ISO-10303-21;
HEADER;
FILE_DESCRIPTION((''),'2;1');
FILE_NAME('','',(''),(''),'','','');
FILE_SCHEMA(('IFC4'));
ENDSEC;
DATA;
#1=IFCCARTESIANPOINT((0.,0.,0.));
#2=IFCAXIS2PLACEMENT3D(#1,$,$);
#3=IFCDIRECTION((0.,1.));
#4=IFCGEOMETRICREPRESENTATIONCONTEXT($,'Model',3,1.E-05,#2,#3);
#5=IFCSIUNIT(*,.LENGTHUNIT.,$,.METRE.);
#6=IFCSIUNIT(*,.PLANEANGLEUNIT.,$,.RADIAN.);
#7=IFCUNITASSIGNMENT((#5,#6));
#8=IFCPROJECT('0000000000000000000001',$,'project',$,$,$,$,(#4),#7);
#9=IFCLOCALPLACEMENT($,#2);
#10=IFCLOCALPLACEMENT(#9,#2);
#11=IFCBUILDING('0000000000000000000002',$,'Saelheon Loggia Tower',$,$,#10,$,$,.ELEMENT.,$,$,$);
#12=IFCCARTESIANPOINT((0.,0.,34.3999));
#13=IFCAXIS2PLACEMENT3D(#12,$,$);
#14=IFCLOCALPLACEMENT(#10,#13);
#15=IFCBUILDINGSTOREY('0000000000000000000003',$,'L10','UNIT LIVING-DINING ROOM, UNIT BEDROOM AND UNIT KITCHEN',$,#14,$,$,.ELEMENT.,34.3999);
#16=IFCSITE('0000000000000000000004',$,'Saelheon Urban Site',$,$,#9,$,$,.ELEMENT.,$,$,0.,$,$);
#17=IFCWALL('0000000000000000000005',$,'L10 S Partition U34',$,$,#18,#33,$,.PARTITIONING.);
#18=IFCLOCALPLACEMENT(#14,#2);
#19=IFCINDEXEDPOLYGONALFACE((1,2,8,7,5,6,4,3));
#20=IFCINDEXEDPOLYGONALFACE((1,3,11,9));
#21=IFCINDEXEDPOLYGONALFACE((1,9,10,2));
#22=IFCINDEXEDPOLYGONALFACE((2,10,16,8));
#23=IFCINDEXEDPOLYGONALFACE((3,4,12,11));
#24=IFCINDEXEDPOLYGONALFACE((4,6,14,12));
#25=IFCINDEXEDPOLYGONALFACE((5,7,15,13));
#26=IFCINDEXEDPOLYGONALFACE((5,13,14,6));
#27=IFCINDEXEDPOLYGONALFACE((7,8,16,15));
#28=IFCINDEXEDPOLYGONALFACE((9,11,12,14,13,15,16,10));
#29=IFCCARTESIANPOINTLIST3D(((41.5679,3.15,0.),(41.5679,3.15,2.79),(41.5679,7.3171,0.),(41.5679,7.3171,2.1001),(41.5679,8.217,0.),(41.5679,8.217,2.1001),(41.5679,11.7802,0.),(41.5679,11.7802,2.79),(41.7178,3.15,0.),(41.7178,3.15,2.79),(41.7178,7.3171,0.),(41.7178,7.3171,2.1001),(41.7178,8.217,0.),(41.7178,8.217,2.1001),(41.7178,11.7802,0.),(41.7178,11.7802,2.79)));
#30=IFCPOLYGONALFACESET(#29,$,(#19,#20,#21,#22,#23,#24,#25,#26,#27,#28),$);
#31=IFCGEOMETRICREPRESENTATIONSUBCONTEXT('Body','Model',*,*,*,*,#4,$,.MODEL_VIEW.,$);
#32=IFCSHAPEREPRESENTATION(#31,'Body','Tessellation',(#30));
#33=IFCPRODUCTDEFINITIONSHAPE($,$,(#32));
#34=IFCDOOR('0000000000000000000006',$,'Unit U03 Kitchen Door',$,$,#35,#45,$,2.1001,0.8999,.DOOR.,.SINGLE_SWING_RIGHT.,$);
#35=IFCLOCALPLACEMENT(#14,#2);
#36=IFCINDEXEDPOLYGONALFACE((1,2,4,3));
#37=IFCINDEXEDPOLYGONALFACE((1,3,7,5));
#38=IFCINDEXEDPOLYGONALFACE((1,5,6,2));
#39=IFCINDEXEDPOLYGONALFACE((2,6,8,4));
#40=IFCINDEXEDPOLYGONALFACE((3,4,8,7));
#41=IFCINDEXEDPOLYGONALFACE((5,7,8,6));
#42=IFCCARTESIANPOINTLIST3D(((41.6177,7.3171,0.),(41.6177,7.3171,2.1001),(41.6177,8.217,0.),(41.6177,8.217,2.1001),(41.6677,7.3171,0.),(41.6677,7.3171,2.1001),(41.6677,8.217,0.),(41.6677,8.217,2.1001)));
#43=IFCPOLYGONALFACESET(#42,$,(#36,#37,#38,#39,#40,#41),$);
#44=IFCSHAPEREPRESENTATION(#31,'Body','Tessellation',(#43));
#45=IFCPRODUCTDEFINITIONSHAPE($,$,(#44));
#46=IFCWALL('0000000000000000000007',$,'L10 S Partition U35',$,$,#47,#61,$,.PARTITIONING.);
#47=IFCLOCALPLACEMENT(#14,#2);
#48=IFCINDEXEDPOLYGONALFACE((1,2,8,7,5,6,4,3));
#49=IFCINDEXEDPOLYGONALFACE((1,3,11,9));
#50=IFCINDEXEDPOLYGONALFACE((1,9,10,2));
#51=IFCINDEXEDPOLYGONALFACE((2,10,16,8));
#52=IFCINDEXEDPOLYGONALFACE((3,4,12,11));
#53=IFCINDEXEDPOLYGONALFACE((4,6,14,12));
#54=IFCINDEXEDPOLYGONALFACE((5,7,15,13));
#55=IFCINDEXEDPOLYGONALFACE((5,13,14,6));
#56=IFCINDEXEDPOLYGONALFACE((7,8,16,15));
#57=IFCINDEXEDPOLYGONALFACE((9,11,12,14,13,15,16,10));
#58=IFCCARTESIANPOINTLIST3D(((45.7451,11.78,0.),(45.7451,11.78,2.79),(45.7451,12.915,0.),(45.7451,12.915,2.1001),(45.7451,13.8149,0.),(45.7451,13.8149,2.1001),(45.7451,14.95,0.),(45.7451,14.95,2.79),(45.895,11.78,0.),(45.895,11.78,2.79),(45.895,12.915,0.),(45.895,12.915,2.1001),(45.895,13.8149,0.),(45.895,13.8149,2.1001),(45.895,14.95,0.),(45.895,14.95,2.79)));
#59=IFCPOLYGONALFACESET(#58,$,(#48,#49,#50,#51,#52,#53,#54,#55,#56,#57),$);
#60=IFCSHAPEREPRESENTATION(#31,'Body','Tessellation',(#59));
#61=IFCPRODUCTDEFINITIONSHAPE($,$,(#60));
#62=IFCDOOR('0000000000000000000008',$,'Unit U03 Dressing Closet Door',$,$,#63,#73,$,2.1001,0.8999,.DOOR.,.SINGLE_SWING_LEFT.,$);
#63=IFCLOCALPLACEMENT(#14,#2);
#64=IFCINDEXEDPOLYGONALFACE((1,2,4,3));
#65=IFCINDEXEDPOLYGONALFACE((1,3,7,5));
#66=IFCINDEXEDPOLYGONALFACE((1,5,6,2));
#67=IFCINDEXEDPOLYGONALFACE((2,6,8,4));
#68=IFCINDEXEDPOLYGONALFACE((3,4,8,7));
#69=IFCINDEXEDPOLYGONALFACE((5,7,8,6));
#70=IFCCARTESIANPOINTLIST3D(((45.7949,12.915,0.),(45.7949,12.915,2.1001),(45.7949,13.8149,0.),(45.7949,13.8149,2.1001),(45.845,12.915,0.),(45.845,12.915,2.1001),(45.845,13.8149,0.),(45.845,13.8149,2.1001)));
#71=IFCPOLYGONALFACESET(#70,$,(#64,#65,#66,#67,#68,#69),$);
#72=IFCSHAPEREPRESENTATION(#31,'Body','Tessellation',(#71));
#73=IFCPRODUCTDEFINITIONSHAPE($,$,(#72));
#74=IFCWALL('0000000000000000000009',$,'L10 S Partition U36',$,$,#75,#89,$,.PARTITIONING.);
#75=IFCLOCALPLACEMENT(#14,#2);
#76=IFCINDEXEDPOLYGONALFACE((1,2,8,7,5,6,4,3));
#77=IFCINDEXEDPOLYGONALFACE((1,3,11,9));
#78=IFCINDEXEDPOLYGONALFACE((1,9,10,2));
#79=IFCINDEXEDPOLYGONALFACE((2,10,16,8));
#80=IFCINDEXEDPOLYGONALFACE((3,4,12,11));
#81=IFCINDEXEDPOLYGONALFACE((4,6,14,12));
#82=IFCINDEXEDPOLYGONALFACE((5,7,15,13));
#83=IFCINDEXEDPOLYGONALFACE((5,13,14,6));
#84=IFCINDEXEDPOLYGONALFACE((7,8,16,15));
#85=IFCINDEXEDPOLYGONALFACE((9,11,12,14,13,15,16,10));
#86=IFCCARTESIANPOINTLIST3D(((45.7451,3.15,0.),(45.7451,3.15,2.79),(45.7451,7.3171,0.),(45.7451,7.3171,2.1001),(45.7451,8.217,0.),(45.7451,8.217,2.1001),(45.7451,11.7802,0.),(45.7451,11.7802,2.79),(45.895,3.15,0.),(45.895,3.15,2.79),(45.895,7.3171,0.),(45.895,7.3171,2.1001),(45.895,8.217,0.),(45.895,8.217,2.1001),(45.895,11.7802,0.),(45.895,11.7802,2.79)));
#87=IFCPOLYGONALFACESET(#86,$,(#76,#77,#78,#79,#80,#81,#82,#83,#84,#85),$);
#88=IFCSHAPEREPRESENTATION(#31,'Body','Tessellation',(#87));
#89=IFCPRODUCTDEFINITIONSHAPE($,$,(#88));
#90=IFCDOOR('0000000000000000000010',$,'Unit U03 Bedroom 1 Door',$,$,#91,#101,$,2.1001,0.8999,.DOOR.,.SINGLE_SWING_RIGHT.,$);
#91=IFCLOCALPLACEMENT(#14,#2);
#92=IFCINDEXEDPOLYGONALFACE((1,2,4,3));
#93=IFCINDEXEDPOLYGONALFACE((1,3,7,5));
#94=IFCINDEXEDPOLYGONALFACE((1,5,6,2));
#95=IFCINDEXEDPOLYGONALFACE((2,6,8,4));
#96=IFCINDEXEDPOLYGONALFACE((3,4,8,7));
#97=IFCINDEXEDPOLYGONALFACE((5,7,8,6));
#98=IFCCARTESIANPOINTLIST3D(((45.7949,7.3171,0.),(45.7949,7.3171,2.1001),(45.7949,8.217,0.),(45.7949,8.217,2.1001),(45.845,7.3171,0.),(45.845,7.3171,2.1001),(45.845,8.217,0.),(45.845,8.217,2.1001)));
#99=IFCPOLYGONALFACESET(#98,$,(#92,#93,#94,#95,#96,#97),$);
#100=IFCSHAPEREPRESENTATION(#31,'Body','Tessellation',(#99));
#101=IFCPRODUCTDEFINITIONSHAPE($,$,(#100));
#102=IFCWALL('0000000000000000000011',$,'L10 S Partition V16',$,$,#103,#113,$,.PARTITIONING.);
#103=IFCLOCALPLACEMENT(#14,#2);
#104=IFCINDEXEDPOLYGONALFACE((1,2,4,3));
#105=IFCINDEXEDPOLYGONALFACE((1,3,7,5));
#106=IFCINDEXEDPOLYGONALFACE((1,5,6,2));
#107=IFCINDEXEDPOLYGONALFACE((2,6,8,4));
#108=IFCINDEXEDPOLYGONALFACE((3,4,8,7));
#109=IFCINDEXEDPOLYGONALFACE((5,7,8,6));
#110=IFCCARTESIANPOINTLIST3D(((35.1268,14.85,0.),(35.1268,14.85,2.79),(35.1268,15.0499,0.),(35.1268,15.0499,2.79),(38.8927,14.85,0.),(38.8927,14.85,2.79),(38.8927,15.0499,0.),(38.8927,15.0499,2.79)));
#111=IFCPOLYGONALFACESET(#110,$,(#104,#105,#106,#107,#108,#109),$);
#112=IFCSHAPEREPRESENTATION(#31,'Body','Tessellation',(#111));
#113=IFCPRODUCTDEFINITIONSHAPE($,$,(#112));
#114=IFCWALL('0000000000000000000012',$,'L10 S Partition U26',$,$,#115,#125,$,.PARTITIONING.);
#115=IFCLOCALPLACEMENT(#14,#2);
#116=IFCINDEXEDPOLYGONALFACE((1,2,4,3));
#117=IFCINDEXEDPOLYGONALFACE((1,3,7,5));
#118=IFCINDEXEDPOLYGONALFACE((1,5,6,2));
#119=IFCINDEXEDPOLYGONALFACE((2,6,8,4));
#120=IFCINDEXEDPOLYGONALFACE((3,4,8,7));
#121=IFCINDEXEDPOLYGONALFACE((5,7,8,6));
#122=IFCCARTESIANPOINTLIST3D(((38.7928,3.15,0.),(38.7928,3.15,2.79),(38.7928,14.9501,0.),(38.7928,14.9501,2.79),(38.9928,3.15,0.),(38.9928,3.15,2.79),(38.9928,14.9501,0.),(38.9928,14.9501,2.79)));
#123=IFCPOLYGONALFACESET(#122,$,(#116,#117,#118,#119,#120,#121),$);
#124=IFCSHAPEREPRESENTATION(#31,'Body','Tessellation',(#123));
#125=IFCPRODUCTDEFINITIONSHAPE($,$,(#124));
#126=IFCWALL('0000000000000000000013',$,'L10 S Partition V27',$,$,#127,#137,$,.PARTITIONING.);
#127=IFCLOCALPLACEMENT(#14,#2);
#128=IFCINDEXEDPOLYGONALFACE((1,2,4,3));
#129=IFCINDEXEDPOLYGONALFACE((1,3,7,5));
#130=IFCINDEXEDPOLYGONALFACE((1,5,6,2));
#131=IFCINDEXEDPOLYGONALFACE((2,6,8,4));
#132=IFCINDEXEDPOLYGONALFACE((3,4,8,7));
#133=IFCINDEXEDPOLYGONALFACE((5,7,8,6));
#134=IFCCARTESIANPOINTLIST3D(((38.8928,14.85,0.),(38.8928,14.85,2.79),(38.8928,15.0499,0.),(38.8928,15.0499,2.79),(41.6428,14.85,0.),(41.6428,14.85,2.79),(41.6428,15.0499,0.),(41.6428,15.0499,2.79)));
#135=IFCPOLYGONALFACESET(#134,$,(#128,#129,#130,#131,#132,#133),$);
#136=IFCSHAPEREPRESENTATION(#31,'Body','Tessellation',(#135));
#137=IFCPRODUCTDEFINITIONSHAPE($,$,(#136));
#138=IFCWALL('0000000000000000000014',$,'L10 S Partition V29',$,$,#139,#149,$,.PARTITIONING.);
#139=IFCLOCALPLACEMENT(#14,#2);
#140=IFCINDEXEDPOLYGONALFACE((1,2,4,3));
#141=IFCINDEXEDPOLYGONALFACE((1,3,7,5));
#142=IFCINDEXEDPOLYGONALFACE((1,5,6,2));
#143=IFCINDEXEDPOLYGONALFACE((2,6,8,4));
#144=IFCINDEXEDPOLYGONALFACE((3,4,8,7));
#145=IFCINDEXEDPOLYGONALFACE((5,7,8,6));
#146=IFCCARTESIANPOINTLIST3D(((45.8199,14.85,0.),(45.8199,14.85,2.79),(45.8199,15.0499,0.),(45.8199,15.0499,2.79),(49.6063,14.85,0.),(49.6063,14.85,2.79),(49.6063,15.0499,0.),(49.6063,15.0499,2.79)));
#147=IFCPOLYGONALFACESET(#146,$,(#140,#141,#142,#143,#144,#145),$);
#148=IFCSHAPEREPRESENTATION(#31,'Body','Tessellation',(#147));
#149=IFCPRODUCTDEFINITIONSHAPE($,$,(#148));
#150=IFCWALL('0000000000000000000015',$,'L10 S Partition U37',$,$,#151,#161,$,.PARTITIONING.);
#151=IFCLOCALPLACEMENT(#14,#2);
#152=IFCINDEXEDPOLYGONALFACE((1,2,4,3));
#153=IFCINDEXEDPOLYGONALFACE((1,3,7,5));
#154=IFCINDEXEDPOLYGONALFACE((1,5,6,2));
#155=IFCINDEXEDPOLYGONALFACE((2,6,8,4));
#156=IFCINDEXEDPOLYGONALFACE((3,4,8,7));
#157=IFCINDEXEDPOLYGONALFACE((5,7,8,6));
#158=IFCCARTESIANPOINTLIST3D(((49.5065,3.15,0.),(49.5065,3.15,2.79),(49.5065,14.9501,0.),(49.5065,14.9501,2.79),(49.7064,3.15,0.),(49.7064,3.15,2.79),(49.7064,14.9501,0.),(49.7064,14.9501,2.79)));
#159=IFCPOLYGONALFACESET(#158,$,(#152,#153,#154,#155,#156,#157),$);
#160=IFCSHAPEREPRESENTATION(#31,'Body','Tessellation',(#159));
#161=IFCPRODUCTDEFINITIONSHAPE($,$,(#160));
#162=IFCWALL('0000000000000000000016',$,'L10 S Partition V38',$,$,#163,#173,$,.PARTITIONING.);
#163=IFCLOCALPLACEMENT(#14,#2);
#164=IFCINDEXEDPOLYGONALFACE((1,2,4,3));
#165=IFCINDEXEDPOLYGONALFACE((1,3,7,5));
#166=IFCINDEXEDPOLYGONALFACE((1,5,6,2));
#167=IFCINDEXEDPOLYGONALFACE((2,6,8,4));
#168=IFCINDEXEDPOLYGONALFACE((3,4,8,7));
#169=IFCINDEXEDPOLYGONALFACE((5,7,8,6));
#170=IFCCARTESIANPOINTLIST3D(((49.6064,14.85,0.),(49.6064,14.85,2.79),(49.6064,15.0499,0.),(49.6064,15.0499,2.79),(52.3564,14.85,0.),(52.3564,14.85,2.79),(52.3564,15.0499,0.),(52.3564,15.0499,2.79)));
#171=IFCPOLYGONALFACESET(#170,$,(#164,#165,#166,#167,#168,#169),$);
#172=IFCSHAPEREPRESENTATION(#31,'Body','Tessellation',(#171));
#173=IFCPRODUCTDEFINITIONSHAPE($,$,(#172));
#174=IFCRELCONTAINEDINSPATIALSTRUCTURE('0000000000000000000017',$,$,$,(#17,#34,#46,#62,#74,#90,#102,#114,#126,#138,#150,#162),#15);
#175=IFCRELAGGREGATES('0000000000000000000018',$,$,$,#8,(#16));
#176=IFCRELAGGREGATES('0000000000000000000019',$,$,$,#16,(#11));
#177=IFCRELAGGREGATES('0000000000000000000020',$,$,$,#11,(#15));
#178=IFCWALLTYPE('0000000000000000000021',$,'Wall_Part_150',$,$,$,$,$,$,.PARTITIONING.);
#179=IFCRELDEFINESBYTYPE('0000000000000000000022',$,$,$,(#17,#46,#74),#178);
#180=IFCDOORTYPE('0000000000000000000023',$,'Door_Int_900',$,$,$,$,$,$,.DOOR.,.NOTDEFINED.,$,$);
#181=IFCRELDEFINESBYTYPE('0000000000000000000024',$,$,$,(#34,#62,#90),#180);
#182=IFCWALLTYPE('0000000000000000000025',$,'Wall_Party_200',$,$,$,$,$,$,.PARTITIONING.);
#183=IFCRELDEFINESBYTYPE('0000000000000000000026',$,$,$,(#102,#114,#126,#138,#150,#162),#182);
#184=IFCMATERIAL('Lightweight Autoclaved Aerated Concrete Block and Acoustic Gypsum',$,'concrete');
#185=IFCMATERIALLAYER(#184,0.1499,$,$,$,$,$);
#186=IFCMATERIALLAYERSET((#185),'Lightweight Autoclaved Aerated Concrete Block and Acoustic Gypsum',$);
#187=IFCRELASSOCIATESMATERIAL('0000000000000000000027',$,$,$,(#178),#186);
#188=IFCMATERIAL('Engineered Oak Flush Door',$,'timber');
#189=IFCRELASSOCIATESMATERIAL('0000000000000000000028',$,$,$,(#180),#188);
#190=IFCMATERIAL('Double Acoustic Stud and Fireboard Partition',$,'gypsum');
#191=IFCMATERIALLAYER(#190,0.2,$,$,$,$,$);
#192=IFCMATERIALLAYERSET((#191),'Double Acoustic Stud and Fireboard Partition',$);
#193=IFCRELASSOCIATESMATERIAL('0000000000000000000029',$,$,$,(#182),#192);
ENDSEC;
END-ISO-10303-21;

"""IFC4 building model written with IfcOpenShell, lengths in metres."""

from ifc_helpers import new_model, si_unit, direction, frame, frame_2d, origin, place, context, subcontext, project, spatial, rectangle, extrude, source, transform, mapped, material, layer, layer_set, type_object, element, fill, save


model = new_model("IFC4")

# Units and contexts
model_context = context("Model", 3, precision=1e-05, world=origin(), true_north=direction((0.0, 1.0)))
body_context = subcontext(model_context, "Body", "Model", "MODEL_VIEW")
ifc_project = project(units=[si_unit("LENGTHUNIT", "METRE"), si_unit("PLANEANGLEUNIT", "RADIAN")], contexts=[model_context])

# Site, building, storey
site_placement = place(None, origin())
site = spatial("IfcSite", under=ifc_project, at=site_placement, Name="Saelheon Urban Site", CompositionType="ELEMENT", RefElevation=0.0)
building_placement = place(site_placement, origin())
building = spatial("IfcBuilding", under=site, at=building_placement, Name="Saelheon Loggia Tower", CompositionType="ELEMENT")
storey_placement = place(building_placement, frame((0.0, 0.0, 34.3999)))
storey = spatial("IfcBuildingStorey", under=building, at=storey_placement, Name="L10", Description="UNIT LIVING-DINING ROOM, UNIT BEDROOM AND UNIT KITCHEN", CompositionType="ELEMENT", Elevation=34.3999)

# Shared definitions
ifc_material_1 = material(Name="Lightweight Autoclaved Aerated Concrete Block and Acoustic Gypsum", Category="concrete")
ifc_layer_1 = layer(ifc_material_1, 0.1499)
ifc_layer_set_1 = layer_set([ifc_layer_1], Name="Lightweight Autoclaved Aerated Concrete Block and Acoustic Gypsum")
wall_type_1 = type_object("IfcWallType", Name="Wall_Part_150", PredefinedType="PARTITIONING", material=ifc_layer_set_1)

# Shared definitions
ifc_material_2 = material(Name="Engineered Oak Flush Door", Category="timber")
door_type_1 = type_object("IfcDoorType", Name="Door_Int_900", OperationType="NOTDEFINED", PredefinedType="DOOR", material=ifc_material_2)
shared_shape_1 = source(origin(), body_context, "Body", "SweptSolid", [
    extrude(rectangle(XDim=0.8999, YDim=2.1001, at=frame_2d((0.45, 1.05))), frame((0.0, 0.0249, 0.0), z_axis=(0.0, -1.0, 0.0), x_axis=(1.0, 0.0, 0.0)), (0.0, 0.0, 1.0), 0.05),
])

# Walls, openings, doors
wall_1_placement = place(storey_placement, frame((41.6428, 11.78, 0.0), z_axis=(0.0, 0.0, 1.0), x_axis=(0.0, -1.0, 0.0)))
wall_1 = element("IfcWall", 1, at=wall_1_placement, inside=storey, type_object=wall_type_1, Name="L10 S Partition U34", PredefinedType="PARTITIONING", context=body_context, shape_type="SweptSolid", body=[
    extrude(rectangle(XDim=8.6301, YDim=0.1499, at=frame_2d((4.3149, 0.0))), origin(), (0.0, 0.0, 1.0), 2.79),
])
opening_1_placement = place(wall_1_placement, frame((3.563, 0.0, 0.0)))
opening_1 = element("IfcOpeningElement", 2, at=opening_1_placement, cuts=wall_1, PredefinedType="OPENING", context=body_context, shape_type="SweptSolid", body=[
    extrude(rectangle(XDim=0.8999, YDim=2.1001, at=frame_2d((0.45, 1.05))), frame((0.0, 0.0869, 0.0), z_axis=(0.0, -1.0, 0.0), x_axis=(1.0, 0.0, 0.0)), (0.0, 0.0, 1.0), 0.1738),
])
door_1_placement = place(opening_1_placement, origin())
door_1 = element("IfcDoor", 3, at=door_1_placement, inside=storey, type_object=door_type_1, Name="Unit U03 Kitchen Door", OperationType="SINGLE_SWING_RIGHT", OverallHeight=2.1001, OverallWidth=0.8999, PredefinedType="DOOR", context=body_context, shape_type="MappedRepresentation", body=[
    mapped(shared_shape_1, transform((0.0, 0.0, 0.0), scale=1.0)),
])
fill(opening_1, door_1)
wall_2_placement = place(storey_placement, frame((45.8201, 14.95, 0.0), z_axis=(0.0, 0.0, 1.0), x_axis=(0.0, -1.0, 0.0)))
wall_2 = element("IfcWall", 4, at=wall_2_placement, inside=storey, type_object=wall_type_1, Name="L10 S Partition U35", PredefinedType="PARTITIONING", context=body_context, shape_type="SweptSolid", body=[
    extrude(rectangle(XDim=3.1699, YDim=0.1499, at=frame_2d((1.585, 0.0))), origin(), (0.0, 0.0, 1.0), 2.79),
])
opening_2_placement = place(wall_2_placement, frame((1.135, 0.0, 0.0)))
opening_2 = element("IfcOpeningElement", 5, at=opening_2_placement, cuts=wall_2, PredefinedType="OPENING", context=body_context, shape_type="SweptSolid", body=[
    extrude(rectangle(XDim=0.8999, YDim=2.1001, at=frame_2d((0.45, 1.05))), frame((0.0, 0.0869, 0.0), z_axis=(0.0, -1.0, 0.0), x_axis=(1.0, 0.0, 0.0)), (0.0, 0.0, 1.0), 0.1738),
])
door_2_placement = place(opening_2_placement, origin())
door_2 = element("IfcDoor", 6, at=door_2_placement, inside=storey, type_object=door_type_1, Name="Unit U03 Dressing Closet Door", OperationType="SINGLE_SWING_LEFT", OverallHeight=2.1001, OverallWidth=0.8999, PredefinedType="DOOR", context=body_context, shape_type="MappedRepresentation", body=[
    mapped(shared_shape_1, transform((0.0, 0.0, 0.0), scale=1.0)),
])
fill(opening_2, door_2)
wall_3_placement = place(storey_placement, frame((45.8201, 11.78, 0.0), z_axis=(0.0, 0.0, 1.0), x_axis=(0.0, -1.0, 0.0)))
wall_3 = element("IfcWall", 7, at=wall_3_placement, inside=storey, type_object=wall_type_1, Name="L10 S Partition U36", PredefinedType="PARTITIONING", context=body_context, shape_type="SweptSolid", body=[
    extrude(rectangle(XDim=8.6301, YDim=0.1499, at=frame_2d((4.3149, 0.0))), origin(), (0.0, 0.0, 1.0), 2.79),
])
opening_3_placement = place(wall_3_placement, frame((3.563, 0.0, 0.0)))
opening_3 = element("IfcOpeningElement", 8, at=opening_3_placement, cuts=wall_3, PredefinedType="OPENING", context=body_context, shape_type="SweptSolid", body=[
    extrude(rectangle(XDim=0.8999, YDim=2.1001, at=frame_2d((0.45, 1.05))), frame((0.0, 0.0869, 0.0), z_axis=(0.0, -1.0, 0.0), x_axis=(1.0, 0.0, 0.0)), (0.0, 0.0, 1.0), 0.1738),
])
door_3_placement = place(opening_3_placement, origin())
door_3 = element("IfcDoor", 9, at=door_3_placement, inside=storey, type_object=door_type_1, Name="Unit U03 Bedroom 1 Door", OperationType="SINGLE_SWING_RIGHT", OverallHeight=2.1001, OverallWidth=0.8999, PredefinedType="DOOR", context=body_context, shape_type="MappedRepresentation", body=[
    mapped(shared_shape_1, transform((0.0, 0.0, 0.0), scale=1.0)),
])
fill(opening_3, door_3)

# Walls
ifc_material_3 = material(Name="Double Acoustic Stud and Fireboard Partition", Category="gypsum")
ifc_layer_2 = layer(ifc_material_3, 0.2)
ifc_layer_set_2 = layer_set([ifc_layer_2], Name="Double Acoustic Stud and Fireboard Partition")
wall_type_2 = type_object("IfcWallType", Name="Wall_Party_200", PredefinedType="PARTITIONING", material=ifc_layer_set_2)
wall_4_placement = place(storey_placement, frame((35.127, 14.95, 0.0), z_axis=(0.0, 0.0, 1.0), x_axis=(1.0, 0.0, 0.0)))
element("IfcWall", 10, at=wall_4_placement, inside=storey, type_object=wall_type_2, Name="L10 S Partition V16", PredefinedType="PARTITIONING", context=body_context, shape_type="SweptSolid", body=[
    extrude(rectangle(XDim=3.7659, YDim=0.2, at=frame_2d((1.8828, 0.0))), origin(), (0.0, 0.0, 1.0), 2.79),
])
wall_5_placement = place(storey_placement, frame((38.8928, 14.95, 0.0), z_axis=(0.0, 0.0, 1.0), x_axis=(0.0, -1.0, 0.0)))
element("IfcWall", 11, at=wall_5_placement, inside=storey, type_object=wall_type_2, Name="L10 S Partition U26", PredefinedType="PARTITIONING", context=body_context, shape_type="SweptSolid", body=[
    extrude(rectangle(XDim=11.8, YDim=0.2, at=frame_2d((5.8999, 0.0))), origin(), (0.0, 0.0, 1.0), 2.79),
])
wall_6_placement = place(storey_placement, frame((38.8928, 14.95, 0.0), z_axis=(0.0, 0.0, 1.0), x_axis=(1.0, 0.0, 0.0)))
element("IfcWall", 12, at=wall_6_placement, inside=storey, type_object=wall_type_2, Name="L10 S Partition V27", PredefinedType="PARTITIONING", context=body_context, shape_type="SweptSolid", body=[
    extrude(rectangle(XDim=2.75, YDim=0.2, at=frame_2d((1.375, 0.0))), origin(), (0.0, 0.0, 1.0), 2.79),
])

# Walls
wall_7_placement = place(storey_placement, frame((45.8201, 14.95, 0.0), z_axis=(0.0, 0.0, 1.0), x_axis=(1.0, 0.0, 0.0)))
element("IfcWall", 13, at=wall_7_placement, inside=storey, type_object=wall_type_2, Name="L10 S Partition V29", PredefinedType="PARTITIONING", context=body_context, shape_type="SweptSolid", body=[
    extrude(rectangle(XDim=3.7864, YDim=0.2, at=frame_2d((1.8931, 0.0))), origin(), (0.0, 0.0, 1.0), 2.79),
])
wall_8_placement = place(storey_placement, frame((49.6064, 14.95, 0.0), z_axis=(0.0, 0.0, 1.0), x_axis=(0.0, -1.0, 0.0)))
element("IfcWall", 14, at=wall_8_placement, inside=storey, type_object=wall_type_2, Name="L10 S Partition U37", PredefinedType="PARTITIONING", context=body_context, shape_type="SweptSolid", body=[
    extrude(rectangle(XDim=11.8, YDim=0.2, at=frame_2d((5.8999, 0.0))), origin(), (0.0, 0.0, 1.0), 2.79),
])
wall_9_placement = place(storey_placement, frame((49.6064, 14.95, 0.0), z_axis=(0.0, 0.0, 1.0), x_axis=(1.0, 0.0, 0.0)))
element("IfcWall", 15, at=wall_9_placement, inside=storey, type_object=wall_type_2, Name="L10 S Partition V38", PredefinedType="PARTITIONING", context=body_context, shape_type="SweptSolid", body=[
    extrude(rectangle(XDim=2.75, YDim=0.2, at=frame_2d((1.375, 0.0))), origin(), (0.0, 0.0, 1.0), 2.79),
])

save(model, "model.ifc")
